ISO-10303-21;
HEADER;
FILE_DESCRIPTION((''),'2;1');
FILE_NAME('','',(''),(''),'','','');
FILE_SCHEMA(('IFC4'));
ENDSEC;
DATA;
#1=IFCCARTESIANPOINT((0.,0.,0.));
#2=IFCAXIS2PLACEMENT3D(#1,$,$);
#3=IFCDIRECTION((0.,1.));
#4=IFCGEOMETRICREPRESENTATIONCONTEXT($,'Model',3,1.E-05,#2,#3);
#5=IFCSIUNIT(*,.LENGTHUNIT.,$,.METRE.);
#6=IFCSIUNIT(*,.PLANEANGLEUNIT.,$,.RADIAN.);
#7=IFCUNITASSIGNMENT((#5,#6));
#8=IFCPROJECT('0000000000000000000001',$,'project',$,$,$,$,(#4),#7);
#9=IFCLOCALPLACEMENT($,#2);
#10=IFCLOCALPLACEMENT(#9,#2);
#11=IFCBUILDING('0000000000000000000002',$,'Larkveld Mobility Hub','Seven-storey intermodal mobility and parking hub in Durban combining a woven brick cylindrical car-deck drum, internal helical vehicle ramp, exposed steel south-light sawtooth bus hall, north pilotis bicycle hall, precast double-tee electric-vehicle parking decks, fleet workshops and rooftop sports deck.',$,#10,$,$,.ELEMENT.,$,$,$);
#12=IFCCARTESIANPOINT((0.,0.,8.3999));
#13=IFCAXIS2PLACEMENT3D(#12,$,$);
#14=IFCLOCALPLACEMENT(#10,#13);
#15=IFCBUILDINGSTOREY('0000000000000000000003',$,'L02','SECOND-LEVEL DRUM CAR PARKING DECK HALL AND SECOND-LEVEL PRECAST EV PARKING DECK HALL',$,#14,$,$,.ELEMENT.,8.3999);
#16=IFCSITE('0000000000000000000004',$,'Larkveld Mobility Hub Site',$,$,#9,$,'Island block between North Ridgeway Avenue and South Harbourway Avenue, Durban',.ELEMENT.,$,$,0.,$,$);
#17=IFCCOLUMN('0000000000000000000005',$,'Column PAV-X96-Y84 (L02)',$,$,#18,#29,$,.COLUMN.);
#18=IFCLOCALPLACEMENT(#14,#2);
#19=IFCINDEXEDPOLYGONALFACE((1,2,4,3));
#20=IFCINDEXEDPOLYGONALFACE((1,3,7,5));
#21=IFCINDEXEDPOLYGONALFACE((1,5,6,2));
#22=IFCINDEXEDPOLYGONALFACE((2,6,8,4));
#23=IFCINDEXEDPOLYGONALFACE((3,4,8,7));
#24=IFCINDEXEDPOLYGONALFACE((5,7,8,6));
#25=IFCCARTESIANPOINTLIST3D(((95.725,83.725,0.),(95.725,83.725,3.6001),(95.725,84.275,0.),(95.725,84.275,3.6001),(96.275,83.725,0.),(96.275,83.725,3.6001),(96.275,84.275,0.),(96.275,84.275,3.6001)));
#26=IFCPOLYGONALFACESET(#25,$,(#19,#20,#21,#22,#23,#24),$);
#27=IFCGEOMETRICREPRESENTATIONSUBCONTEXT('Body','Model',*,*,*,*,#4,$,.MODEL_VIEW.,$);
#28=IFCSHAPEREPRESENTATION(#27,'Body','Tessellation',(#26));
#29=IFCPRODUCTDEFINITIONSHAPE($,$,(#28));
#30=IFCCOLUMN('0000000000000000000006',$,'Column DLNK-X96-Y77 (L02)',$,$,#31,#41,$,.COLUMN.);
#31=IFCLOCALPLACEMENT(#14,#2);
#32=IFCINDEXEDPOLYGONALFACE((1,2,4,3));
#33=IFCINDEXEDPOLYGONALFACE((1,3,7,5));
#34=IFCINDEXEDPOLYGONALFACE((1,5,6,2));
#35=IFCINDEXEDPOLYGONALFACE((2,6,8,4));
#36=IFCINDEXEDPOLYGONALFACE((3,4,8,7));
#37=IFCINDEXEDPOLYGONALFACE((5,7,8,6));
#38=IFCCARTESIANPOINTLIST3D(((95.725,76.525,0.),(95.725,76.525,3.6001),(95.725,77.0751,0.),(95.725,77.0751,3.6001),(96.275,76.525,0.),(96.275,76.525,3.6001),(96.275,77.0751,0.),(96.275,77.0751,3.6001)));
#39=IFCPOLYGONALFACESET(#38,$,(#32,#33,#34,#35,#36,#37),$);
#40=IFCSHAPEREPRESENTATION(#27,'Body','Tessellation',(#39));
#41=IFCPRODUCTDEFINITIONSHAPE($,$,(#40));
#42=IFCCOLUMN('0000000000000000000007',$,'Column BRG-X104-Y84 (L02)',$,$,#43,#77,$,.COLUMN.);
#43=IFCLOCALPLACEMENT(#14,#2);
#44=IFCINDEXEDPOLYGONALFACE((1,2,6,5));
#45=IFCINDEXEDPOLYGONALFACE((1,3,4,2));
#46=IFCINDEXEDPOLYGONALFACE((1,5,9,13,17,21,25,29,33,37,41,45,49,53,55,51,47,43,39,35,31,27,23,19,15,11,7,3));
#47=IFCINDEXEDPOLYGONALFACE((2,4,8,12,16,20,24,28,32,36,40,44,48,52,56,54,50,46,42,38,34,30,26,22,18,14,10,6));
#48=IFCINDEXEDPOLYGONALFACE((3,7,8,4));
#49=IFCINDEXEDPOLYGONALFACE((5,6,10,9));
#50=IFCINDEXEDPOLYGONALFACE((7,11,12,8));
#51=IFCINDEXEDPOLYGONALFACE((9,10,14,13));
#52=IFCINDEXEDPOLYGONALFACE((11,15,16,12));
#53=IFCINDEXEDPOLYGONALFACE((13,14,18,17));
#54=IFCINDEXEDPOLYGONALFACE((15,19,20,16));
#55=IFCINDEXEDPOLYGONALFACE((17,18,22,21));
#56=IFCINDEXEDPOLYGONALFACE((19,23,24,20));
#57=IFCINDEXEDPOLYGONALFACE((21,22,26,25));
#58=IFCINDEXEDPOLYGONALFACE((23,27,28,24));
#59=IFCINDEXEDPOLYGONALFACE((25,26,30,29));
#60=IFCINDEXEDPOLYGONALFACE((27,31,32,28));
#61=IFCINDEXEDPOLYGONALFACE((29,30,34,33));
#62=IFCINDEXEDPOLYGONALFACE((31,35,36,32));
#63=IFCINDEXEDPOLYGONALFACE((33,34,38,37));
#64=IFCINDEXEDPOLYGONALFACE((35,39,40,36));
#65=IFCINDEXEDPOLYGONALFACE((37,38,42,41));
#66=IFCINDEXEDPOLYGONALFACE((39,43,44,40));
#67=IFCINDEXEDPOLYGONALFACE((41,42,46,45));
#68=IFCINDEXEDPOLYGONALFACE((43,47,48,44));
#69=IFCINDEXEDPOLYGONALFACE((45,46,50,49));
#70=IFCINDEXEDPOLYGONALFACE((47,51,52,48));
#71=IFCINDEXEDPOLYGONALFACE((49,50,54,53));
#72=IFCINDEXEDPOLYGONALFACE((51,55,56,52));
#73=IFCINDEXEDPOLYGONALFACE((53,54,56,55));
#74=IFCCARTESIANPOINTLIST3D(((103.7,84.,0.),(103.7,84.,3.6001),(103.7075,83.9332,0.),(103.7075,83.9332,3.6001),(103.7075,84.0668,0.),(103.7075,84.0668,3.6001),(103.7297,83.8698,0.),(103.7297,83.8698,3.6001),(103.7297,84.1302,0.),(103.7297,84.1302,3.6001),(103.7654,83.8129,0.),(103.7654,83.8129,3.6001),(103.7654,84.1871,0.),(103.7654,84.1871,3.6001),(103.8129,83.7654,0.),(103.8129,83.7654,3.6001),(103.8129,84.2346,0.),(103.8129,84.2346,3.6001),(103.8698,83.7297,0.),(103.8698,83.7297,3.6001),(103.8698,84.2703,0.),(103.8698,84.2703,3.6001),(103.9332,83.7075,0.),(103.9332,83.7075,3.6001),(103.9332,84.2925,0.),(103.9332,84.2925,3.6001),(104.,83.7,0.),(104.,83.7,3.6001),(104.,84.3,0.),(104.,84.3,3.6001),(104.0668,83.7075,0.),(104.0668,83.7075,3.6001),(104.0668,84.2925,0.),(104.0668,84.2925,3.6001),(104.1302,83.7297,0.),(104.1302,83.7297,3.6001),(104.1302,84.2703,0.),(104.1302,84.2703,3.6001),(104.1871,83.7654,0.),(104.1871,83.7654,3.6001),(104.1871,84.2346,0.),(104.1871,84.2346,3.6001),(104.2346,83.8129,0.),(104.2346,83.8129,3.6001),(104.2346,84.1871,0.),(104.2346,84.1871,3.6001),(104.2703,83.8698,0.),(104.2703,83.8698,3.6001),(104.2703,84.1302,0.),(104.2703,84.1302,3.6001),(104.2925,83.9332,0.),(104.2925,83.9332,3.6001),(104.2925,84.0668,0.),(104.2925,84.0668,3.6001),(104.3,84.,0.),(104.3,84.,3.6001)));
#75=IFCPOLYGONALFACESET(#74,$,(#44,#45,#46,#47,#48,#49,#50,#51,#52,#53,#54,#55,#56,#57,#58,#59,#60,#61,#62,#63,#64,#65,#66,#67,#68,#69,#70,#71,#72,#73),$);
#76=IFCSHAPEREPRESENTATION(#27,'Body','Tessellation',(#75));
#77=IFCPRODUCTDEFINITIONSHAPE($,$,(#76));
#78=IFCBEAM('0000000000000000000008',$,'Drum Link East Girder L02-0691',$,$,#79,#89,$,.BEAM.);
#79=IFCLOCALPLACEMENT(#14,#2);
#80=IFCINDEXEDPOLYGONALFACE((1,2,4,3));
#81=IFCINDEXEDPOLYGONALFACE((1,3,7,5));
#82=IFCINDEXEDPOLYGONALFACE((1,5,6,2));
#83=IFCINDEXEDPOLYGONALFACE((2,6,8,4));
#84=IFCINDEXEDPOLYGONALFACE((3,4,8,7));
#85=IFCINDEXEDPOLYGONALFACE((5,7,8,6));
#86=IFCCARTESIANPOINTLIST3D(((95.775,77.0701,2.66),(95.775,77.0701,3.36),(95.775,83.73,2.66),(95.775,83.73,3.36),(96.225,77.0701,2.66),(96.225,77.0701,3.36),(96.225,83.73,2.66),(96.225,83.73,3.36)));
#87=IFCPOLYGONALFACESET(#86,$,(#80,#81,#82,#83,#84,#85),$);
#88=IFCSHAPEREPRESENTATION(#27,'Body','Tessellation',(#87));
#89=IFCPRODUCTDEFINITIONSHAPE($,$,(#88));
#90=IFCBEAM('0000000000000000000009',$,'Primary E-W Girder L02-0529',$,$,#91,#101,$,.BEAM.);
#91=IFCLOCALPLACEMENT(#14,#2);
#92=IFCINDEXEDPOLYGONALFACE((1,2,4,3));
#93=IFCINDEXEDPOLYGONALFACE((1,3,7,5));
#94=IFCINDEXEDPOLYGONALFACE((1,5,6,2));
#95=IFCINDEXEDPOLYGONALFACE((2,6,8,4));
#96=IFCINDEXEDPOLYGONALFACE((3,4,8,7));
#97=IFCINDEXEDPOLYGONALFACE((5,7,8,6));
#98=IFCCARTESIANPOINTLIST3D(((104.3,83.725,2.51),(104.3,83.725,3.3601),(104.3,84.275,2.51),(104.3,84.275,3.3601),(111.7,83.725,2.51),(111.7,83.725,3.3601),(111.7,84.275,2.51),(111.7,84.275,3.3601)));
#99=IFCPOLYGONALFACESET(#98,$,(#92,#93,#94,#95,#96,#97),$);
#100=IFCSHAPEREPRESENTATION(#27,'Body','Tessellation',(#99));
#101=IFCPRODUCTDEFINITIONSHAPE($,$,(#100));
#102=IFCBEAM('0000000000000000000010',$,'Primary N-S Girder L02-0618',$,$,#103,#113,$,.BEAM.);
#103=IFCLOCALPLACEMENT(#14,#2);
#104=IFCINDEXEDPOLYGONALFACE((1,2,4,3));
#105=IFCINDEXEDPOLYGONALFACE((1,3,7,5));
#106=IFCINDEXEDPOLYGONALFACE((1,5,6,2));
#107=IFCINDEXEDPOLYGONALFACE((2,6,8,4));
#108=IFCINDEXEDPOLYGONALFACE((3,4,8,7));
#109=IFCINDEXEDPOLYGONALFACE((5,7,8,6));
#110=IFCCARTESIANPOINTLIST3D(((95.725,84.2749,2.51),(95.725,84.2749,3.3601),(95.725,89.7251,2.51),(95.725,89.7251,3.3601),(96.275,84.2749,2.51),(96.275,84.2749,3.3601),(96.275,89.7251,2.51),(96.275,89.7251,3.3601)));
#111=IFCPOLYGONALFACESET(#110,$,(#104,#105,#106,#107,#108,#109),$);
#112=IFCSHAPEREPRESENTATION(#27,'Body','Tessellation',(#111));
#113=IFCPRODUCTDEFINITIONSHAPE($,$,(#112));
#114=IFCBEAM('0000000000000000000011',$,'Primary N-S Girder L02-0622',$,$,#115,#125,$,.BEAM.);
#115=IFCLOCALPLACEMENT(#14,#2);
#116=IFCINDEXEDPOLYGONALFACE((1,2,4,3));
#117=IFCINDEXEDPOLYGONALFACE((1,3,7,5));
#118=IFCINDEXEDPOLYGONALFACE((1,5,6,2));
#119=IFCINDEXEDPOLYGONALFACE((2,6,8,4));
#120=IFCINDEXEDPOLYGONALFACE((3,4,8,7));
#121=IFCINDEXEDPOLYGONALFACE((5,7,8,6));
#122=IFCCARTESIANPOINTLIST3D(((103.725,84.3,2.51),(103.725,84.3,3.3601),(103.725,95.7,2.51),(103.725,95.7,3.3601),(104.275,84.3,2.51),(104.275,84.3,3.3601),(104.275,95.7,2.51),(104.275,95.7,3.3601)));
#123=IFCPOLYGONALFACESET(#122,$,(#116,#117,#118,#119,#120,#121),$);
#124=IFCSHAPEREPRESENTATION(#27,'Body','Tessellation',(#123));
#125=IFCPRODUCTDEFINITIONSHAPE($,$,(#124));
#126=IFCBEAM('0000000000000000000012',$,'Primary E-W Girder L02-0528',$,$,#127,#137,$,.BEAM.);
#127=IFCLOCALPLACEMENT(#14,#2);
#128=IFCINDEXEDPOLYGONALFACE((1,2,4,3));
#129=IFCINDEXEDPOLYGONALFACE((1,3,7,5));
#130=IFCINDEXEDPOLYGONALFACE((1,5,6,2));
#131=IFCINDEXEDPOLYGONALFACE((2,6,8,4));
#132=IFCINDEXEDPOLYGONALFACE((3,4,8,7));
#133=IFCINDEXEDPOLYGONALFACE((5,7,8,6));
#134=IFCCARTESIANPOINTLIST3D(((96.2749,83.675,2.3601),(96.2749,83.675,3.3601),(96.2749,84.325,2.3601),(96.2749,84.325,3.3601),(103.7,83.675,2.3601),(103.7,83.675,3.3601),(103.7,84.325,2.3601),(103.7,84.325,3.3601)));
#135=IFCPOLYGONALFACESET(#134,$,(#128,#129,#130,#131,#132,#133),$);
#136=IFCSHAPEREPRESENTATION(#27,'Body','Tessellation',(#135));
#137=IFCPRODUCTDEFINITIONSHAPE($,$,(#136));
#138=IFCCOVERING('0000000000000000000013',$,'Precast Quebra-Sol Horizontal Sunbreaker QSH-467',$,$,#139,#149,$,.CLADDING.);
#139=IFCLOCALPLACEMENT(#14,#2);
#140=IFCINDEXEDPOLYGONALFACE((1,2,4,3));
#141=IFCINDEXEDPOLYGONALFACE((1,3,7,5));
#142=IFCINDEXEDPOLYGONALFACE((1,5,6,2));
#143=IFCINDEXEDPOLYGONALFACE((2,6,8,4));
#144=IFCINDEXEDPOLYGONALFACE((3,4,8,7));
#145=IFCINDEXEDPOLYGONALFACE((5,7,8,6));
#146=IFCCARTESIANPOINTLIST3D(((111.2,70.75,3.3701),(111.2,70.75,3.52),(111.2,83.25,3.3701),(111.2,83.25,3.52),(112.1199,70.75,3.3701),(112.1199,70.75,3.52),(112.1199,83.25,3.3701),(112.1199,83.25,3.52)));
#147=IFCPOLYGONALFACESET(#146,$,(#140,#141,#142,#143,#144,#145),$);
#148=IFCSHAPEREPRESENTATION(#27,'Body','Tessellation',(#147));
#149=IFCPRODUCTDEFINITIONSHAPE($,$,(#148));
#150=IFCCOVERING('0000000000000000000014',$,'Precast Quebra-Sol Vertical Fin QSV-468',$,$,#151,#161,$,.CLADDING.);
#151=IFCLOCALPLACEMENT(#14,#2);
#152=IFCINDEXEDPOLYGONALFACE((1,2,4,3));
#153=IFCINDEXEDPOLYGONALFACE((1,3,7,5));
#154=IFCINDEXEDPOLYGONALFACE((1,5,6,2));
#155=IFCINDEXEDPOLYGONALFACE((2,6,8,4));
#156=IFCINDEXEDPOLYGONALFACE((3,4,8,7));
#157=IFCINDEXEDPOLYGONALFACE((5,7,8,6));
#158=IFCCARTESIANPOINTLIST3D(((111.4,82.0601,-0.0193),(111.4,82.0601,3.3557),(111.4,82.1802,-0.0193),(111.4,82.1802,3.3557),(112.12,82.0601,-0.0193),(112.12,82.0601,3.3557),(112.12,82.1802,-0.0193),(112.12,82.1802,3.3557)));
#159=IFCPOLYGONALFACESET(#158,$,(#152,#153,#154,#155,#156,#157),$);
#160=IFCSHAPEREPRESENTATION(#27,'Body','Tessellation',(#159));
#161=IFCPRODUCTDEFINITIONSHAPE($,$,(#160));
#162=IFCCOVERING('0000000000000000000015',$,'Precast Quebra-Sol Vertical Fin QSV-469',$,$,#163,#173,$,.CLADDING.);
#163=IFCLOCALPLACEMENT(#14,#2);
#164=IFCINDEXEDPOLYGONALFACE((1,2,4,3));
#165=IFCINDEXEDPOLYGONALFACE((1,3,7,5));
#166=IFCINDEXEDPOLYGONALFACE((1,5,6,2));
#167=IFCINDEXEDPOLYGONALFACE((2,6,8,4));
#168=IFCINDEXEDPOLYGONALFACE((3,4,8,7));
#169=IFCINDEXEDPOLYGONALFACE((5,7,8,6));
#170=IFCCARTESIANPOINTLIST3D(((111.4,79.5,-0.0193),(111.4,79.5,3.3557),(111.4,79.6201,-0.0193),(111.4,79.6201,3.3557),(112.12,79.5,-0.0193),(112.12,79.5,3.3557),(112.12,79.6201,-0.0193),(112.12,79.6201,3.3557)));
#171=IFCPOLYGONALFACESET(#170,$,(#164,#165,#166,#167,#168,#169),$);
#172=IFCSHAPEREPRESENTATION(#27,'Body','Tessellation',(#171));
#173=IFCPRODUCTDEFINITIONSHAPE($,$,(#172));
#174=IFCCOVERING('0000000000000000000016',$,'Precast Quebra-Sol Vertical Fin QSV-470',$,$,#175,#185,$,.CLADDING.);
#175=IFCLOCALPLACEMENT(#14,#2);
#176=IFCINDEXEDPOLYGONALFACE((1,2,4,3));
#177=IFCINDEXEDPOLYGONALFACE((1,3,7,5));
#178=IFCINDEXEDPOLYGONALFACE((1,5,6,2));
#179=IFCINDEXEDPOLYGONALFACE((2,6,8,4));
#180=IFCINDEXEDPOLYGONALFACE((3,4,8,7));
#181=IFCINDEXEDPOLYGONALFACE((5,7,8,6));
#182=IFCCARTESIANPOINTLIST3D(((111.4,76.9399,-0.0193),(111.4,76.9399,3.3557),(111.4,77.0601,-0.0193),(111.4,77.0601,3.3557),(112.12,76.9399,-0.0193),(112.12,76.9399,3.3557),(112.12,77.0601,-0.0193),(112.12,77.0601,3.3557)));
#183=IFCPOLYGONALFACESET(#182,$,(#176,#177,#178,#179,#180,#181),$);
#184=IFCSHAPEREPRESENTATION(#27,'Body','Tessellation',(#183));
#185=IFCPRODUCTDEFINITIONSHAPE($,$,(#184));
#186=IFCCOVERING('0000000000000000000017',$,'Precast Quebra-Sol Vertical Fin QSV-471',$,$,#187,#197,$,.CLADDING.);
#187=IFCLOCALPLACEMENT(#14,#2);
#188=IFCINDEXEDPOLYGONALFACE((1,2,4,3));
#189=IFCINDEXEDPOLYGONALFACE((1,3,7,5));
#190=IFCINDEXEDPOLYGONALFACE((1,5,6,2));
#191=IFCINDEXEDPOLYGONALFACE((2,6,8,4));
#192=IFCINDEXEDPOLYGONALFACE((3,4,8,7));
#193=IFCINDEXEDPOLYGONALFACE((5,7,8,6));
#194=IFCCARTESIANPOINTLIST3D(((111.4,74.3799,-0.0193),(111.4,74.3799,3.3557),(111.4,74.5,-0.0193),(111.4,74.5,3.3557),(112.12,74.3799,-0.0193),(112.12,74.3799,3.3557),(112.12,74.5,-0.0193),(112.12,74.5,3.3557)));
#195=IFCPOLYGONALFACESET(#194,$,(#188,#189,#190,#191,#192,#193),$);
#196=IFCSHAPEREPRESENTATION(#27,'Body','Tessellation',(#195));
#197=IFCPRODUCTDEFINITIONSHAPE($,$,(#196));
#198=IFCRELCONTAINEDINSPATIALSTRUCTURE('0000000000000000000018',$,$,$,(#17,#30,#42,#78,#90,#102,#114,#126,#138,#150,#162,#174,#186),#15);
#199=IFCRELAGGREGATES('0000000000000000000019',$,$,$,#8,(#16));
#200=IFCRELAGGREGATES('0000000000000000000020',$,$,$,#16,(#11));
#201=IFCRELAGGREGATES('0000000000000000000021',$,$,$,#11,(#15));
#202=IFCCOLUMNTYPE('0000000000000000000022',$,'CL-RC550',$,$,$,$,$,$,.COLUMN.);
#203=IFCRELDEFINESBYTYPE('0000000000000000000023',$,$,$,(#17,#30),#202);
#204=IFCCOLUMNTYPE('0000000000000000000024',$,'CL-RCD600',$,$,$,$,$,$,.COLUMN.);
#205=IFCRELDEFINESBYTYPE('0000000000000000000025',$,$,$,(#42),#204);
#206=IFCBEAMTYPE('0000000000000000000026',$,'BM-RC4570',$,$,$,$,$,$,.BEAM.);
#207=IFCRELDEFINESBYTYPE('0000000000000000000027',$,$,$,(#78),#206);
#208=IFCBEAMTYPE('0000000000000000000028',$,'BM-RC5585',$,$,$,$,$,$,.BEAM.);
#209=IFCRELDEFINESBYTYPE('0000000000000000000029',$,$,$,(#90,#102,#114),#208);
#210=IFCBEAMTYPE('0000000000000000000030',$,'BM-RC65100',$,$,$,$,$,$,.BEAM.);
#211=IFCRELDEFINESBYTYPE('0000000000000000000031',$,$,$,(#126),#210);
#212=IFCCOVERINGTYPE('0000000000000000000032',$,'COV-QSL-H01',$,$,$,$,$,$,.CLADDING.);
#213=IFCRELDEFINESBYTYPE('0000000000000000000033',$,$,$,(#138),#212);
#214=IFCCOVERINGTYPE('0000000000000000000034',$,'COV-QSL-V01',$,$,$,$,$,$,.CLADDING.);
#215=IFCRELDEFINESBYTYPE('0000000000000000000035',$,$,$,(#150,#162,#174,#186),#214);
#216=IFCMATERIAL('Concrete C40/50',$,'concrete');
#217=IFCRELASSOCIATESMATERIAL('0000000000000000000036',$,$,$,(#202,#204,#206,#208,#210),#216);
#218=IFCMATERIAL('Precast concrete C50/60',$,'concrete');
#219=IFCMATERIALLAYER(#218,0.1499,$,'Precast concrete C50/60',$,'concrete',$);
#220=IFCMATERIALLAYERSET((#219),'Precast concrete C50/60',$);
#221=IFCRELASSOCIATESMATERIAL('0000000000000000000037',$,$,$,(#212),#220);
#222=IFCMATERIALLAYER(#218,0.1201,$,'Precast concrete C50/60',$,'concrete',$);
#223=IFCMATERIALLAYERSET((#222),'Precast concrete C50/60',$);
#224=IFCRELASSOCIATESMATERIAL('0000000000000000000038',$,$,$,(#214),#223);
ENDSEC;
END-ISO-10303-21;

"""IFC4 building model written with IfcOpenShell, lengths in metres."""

from ifc_helpers import new_model, si_unit, direction, frame, origin, origin_2d, place, context, subcontext, project, spatial, rectangle, circle, extrude, material, layer, layer_set, material_profile, profile_set, type_object, element, save


model = new_model("IFC4")

# Units and contexts
model_context = context("Model", 3, precision=1e-05, world=origin(), true_north=direction((0.0, 1.0)))
body_context = subcontext(model_context, "Body", "Model", "MODEL_VIEW")
ifc_project = project(units=[si_unit("LENGTHUNIT", "METRE"), si_unit("PLANEANGLEUNIT", "RADIAN")], contexts=[model_context])

# Site, building, storey
site_placement = place(None, origin())
site = spatial("IfcSite", under=ifc_project, at=site_placement, Name="Larkveld Mobility Hub Site", LongName="Island block between North Ridgeway Avenue and South Harbourway Avenue, Durban", CompositionType="ELEMENT", RefElevation=0.0)
building_placement = place(site_placement, origin())
building = spatial("IfcBuilding", under=site, at=building_placement, Name="Larkveld Mobility Hub", Description="Seven-storey intermodal mobility and parking hub in Durban combining a woven brick cylindrical car-deck drum, internal helical vehicle ramp, exposed steel south-light sawtooth bus hall, north pilotis bicycle hall, precast double-tee electric-vehicle parking decks, fleet workshops and rooftop sports deck.", CompositionType="ELEMENT")
storey_placement = place(building_placement, frame((0.0, 0.0, 8.3999)))
storey = spatial("IfcBuildingStorey", under=building, at=storey_placement, Name="L02", Description="SECOND-LEVEL DRUM CAR PARKING DECK HALL AND SECOND-LEVEL PRECAST EV PARKING DECK HALL", CompositionType="ELEMENT", Elevation=8.3999)

# Columns
ifc_material_1 = material(Name="Concrete C40/50", Category="concrete")
ifc_material_profile_1 = material_profile(ifc_material_1, rectangle(XDim=0.55, YDim=0.55, at=origin_2d()), Name="RC COL 550x550")
ifc_profile_set_1 = profile_set([ifc_material_profile_1], Name="Concrete C40/50")
column_type_1 = type_object("IfcColumnType", Name="CL-RC550", PredefinedType="COLUMN", material=ifc_profile_set_1)
for number, where, z_axis, x_axis, name in (
    (1, (96.0, 84.0, 0.0), (0.0, 0.0, 1.0), (1.0, 0.0, 0.0), "Column PAV-X96-Y84 (L02)"),
    (2, (96.0, 76.8, 0.0), (0.0, 0.0, 1.0), (1.0, 0.0, 0.0), "Column DLNK-X96-Y77 (L02)"),
):
    element("IfcColumn", number, at=place(storey_placement, frame(where, z_axis=z_axis, x_axis=x_axis)), inside=storey, type_object=column_type_1, Name=name, PredefinedType="COLUMN", context=body_context, shape_type="SweptSolid", body=[
        extrude(rectangle(XDim=0.55, YDim=0.55, at=origin_2d()), origin(), (0.0, 0.0, 1.0), 3.6001),
    ])
ifc_material_profile_2 = material_profile(ifc_material_1, circle(Radius=0.3, at=origin_2d()), Name="RC COL D600")
ifc_profile_set_2 = profile_set([ifc_material_profile_2], Name="Concrete C40/50")
column_type_2 = type_object("IfcColumnType", Name="CL-RCD600", PredefinedType="COLUMN", material=ifc_profile_set_2)
column_placement = place(storey_placement, frame((104.0, 84.0, 0.0), z_axis=(0.0, 0.0, 1.0), x_axis=(1.0, 0.0, 0.0)))
element("IfcColumn", 3, at=column_placement, inside=storey, type_object=column_type_2, Name="Column BRG-X104-Y84 (L02)", PredefinedType="COLUMN", context=body_context, shape_type="SweptSolid", body=[
    extrude(circle(Radius=0.3, at=origin_2d()), origin(), (0.0, 0.0, 1.0), 3.6001),
])

# Beams
ifc_material_profile_3 = material_profile(ifc_material_1, rectangle(XDim=0.45, YDim=0.7, at=origin_2d()), Name="RC BM 450x700")
ifc_profile_set_3 = profile_set([ifc_material_profile_3], Name="Concrete C40/50")
beam_type_1 = type_object("IfcBeamType", Name="BM-RC4570", PredefinedType="BEAM", material=ifc_profile_set_3)
beam_1_placement = place(storey_placement, frame((96.0, 77.0701, 3.01), z_axis=(0.0, 1.0, 0.0), x_axis=(-1.0, 0.0, 0.0)))
element("IfcBeam", 4, at=beam_1_placement, inside=storey, type_object=beam_type_1, Name="Drum Link East Girder L02-0691", PredefinedType="BEAM", context=body_context, shape_type="SweptSolid", body=[
    extrude(rectangle(XDim=0.45, YDim=0.7, at=origin_2d()), origin(), (0.0, 0.0, 1.0), 6.6599),
])
ifc_material_profile_4 = material_profile(ifc_material_1, rectangle(XDim=0.55, YDim=0.8501, at=origin_2d()), Name="RC BM 550x850")
ifc_profile_set_4 = profile_set([ifc_material_profile_4], Name="Concrete C40/50")
beam_type_2 = type_object("IfcBeamType", Name="BM-RC5585", PredefinedType="BEAM", material=ifc_profile_set_4)
beam_2_placement = place(storey_placement, frame((104.3, 84.0, 2.9351), z_axis=(1.0, 0.0, 0.0), x_axis=(0.0, 1.0, 0.0)))
element("IfcBeam", 5, at=beam_2_placement, inside=storey, type_object=beam_type_2, Name="Primary E-W Girder L02-0529", PredefinedType="BEAM", context=body_context, shape_type="SweptSolid", body=[
    extrude(rectangle(XDim=0.55, YDim=0.8501, at=origin_2d()), origin(), (0.0, 0.0, 1.0), 7.3999),
])
beam_3_placement = place(storey_placement, frame((96.0, 84.2749, 2.9351), z_axis=(0.0, 1.0, 0.0), x_axis=(-1.0, 0.0, 0.0)))
element("IfcBeam", 6, at=beam_3_placement, inside=storey, type_object=beam_type_2, Name="Primary N-S Girder L02-0618", PredefinedType="BEAM", context=body_context, shape_type="SweptSolid", body=[
    extrude(rectangle(XDim=0.55, YDim=0.8501, at=origin_2d()), origin(), (0.0, 0.0, 1.0), 5.4502),
])
beam_4_placement = place(storey_placement, frame((104.0, 84.3, 2.9351), z_axis=(0.0, 1.0, 0.0), x_axis=(-1.0, 0.0, 0.0)))
element("IfcBeam", 7, at=beam_4_placement, inside=storey, type_object=beam_type_2, Name="Primary N-S Girder L02-0622", PredefinedType="BEAM", context=body_context, shape_type="SweptSolid", body=[
    extrude(rectangle(XDim=0.55, YDim=0.8501, at=origin_2d()), origin(), (0.0, 0.0, 1.0), 11.3999),
])
ifc_material_profile_5 = material_profile(ifc_material_1, rectangle(XDim=0.6499, YDim=1.0, at=origin_2d()), Name="RC BM 650x1000")
ifc_profile_set_5 = profile_set([ifc_material_profile_5], Name="Concrete C40/50")
beam_type_3 = type_object("IfcBeamType", Name="BM-RC65100", PredefinedType="BEAM", material=ifc_profile_set_5)
beam_5_placement = place(storey_placement, frame((96.2749, 84.0, 2.8601), z_axis=(1.0, 0.0, 0.0), x_axis=(0.0, 1.0, 0.0)))
element("IfcBeam", 8, at=beam_5_placement, inside=storey, type_object=beam_type_3, Name="Primary E-W Girder L02-0528", PredefinedType="BEAM", context=body_context, shape_type="SweptSolid", body=[
    extrude(rectangle(XDim=0.6499, YDim=1.0, at=origin_2d()), origin(), (0.0, 0.0, 1.0), 7.425),
])

# Coverings
ifc_material_2 = material(Name="Precast concrete C50/60", Category="concrete")
ifc_layer_1 = layer(ifc_material_2, 0.1499, Name="Precast concrete C50/60", Category="concrete")
ifc_layer_set_1 = layer_set([ifc_layer_1], Name="Precast concrete C50/60")
covering_type_1 = type_object("IfcCoveringType", Name="COV-QSL-H01", PredefinedType="CLADDING", material=ifc_layer_set_1)
covering_placement = place(storey_placement, frame((111.6599, 77.0, 3.3701), z_axis=(0.0, 0.0, 1.0), x_axis=(0.0, -1.0, 0.0)))
element("IfcCovering", 9, at=covering_placement, inside=storey, type_object=covering_type_1, Name="Precast Quebra-Sol Horizontal Sunbreaker QSH-467", PredefinedType="CLADDING", context=body_context, shape_type="SweptSolid", body=[
    extrude(rectangle(XDim=12.5, YDim=0.9199, at=origin_2d()), origin(), (0.0, 0.0, 1.0), 0.1499),
])
ifc_layer_2 = layer(ifc_material_2, 0.1201, Name="Precast concrete C50/60", Category="concrete")
ifc_layer_set_2 = layer_set([ifc_layer_2], Name="Precast concrete C50/60")
covering_type_2 = type_object("IfcCoveringType", Name="COV-QSL-V01", PredefinedType="CLADDING", material=ifc_layer_set_2)
for number, where, z_axis, x_axis, name in (
    (10, (111.76, 82.1201, -0.0193), (0.0, 0.0, 1.0), (0.0, -1.0, 0.0), "Precast Quebra-Sol Vertical Fin QSV-468"),
    (11, (111.76, 79.5601, -0.0193), (0.0, 0.0, 1.0), (0.0, -1.0, 0.0), "Precast Quebra-Sol Vertical Fin QSV-469"),
    (12, (111.76, 77.0, -0.0193), (0.0, 0.0, 1.0), (0.0, -1.0, 0.0), "Precast Quebra-Sol Vertical Fin QSV-470"),
    (13, (111.76, 74.4399, -0.0193), (0.0, 0.0, 1.0), (0.0, -1.0, 0.0), "Precast Quebra-Sol Vertical Fin QSV-471"),
):
    element("IfcCovering", number, at=place(storey_placement, frame(where, z_axis=z_axis, x_axis=x_axis)), inside=storey, type_object=covering_type_2, Name=name, PredefinedType="CLADDING", context=body_context, shape_type="SweptSolid", body=[
        extrude(rectangle(XDim=0.1201, YDim=0.72, at=origin_2d()), origin(), (0.0, 0.0, 1.0), 3.375),
    ])

save(model, "model.ifc")
